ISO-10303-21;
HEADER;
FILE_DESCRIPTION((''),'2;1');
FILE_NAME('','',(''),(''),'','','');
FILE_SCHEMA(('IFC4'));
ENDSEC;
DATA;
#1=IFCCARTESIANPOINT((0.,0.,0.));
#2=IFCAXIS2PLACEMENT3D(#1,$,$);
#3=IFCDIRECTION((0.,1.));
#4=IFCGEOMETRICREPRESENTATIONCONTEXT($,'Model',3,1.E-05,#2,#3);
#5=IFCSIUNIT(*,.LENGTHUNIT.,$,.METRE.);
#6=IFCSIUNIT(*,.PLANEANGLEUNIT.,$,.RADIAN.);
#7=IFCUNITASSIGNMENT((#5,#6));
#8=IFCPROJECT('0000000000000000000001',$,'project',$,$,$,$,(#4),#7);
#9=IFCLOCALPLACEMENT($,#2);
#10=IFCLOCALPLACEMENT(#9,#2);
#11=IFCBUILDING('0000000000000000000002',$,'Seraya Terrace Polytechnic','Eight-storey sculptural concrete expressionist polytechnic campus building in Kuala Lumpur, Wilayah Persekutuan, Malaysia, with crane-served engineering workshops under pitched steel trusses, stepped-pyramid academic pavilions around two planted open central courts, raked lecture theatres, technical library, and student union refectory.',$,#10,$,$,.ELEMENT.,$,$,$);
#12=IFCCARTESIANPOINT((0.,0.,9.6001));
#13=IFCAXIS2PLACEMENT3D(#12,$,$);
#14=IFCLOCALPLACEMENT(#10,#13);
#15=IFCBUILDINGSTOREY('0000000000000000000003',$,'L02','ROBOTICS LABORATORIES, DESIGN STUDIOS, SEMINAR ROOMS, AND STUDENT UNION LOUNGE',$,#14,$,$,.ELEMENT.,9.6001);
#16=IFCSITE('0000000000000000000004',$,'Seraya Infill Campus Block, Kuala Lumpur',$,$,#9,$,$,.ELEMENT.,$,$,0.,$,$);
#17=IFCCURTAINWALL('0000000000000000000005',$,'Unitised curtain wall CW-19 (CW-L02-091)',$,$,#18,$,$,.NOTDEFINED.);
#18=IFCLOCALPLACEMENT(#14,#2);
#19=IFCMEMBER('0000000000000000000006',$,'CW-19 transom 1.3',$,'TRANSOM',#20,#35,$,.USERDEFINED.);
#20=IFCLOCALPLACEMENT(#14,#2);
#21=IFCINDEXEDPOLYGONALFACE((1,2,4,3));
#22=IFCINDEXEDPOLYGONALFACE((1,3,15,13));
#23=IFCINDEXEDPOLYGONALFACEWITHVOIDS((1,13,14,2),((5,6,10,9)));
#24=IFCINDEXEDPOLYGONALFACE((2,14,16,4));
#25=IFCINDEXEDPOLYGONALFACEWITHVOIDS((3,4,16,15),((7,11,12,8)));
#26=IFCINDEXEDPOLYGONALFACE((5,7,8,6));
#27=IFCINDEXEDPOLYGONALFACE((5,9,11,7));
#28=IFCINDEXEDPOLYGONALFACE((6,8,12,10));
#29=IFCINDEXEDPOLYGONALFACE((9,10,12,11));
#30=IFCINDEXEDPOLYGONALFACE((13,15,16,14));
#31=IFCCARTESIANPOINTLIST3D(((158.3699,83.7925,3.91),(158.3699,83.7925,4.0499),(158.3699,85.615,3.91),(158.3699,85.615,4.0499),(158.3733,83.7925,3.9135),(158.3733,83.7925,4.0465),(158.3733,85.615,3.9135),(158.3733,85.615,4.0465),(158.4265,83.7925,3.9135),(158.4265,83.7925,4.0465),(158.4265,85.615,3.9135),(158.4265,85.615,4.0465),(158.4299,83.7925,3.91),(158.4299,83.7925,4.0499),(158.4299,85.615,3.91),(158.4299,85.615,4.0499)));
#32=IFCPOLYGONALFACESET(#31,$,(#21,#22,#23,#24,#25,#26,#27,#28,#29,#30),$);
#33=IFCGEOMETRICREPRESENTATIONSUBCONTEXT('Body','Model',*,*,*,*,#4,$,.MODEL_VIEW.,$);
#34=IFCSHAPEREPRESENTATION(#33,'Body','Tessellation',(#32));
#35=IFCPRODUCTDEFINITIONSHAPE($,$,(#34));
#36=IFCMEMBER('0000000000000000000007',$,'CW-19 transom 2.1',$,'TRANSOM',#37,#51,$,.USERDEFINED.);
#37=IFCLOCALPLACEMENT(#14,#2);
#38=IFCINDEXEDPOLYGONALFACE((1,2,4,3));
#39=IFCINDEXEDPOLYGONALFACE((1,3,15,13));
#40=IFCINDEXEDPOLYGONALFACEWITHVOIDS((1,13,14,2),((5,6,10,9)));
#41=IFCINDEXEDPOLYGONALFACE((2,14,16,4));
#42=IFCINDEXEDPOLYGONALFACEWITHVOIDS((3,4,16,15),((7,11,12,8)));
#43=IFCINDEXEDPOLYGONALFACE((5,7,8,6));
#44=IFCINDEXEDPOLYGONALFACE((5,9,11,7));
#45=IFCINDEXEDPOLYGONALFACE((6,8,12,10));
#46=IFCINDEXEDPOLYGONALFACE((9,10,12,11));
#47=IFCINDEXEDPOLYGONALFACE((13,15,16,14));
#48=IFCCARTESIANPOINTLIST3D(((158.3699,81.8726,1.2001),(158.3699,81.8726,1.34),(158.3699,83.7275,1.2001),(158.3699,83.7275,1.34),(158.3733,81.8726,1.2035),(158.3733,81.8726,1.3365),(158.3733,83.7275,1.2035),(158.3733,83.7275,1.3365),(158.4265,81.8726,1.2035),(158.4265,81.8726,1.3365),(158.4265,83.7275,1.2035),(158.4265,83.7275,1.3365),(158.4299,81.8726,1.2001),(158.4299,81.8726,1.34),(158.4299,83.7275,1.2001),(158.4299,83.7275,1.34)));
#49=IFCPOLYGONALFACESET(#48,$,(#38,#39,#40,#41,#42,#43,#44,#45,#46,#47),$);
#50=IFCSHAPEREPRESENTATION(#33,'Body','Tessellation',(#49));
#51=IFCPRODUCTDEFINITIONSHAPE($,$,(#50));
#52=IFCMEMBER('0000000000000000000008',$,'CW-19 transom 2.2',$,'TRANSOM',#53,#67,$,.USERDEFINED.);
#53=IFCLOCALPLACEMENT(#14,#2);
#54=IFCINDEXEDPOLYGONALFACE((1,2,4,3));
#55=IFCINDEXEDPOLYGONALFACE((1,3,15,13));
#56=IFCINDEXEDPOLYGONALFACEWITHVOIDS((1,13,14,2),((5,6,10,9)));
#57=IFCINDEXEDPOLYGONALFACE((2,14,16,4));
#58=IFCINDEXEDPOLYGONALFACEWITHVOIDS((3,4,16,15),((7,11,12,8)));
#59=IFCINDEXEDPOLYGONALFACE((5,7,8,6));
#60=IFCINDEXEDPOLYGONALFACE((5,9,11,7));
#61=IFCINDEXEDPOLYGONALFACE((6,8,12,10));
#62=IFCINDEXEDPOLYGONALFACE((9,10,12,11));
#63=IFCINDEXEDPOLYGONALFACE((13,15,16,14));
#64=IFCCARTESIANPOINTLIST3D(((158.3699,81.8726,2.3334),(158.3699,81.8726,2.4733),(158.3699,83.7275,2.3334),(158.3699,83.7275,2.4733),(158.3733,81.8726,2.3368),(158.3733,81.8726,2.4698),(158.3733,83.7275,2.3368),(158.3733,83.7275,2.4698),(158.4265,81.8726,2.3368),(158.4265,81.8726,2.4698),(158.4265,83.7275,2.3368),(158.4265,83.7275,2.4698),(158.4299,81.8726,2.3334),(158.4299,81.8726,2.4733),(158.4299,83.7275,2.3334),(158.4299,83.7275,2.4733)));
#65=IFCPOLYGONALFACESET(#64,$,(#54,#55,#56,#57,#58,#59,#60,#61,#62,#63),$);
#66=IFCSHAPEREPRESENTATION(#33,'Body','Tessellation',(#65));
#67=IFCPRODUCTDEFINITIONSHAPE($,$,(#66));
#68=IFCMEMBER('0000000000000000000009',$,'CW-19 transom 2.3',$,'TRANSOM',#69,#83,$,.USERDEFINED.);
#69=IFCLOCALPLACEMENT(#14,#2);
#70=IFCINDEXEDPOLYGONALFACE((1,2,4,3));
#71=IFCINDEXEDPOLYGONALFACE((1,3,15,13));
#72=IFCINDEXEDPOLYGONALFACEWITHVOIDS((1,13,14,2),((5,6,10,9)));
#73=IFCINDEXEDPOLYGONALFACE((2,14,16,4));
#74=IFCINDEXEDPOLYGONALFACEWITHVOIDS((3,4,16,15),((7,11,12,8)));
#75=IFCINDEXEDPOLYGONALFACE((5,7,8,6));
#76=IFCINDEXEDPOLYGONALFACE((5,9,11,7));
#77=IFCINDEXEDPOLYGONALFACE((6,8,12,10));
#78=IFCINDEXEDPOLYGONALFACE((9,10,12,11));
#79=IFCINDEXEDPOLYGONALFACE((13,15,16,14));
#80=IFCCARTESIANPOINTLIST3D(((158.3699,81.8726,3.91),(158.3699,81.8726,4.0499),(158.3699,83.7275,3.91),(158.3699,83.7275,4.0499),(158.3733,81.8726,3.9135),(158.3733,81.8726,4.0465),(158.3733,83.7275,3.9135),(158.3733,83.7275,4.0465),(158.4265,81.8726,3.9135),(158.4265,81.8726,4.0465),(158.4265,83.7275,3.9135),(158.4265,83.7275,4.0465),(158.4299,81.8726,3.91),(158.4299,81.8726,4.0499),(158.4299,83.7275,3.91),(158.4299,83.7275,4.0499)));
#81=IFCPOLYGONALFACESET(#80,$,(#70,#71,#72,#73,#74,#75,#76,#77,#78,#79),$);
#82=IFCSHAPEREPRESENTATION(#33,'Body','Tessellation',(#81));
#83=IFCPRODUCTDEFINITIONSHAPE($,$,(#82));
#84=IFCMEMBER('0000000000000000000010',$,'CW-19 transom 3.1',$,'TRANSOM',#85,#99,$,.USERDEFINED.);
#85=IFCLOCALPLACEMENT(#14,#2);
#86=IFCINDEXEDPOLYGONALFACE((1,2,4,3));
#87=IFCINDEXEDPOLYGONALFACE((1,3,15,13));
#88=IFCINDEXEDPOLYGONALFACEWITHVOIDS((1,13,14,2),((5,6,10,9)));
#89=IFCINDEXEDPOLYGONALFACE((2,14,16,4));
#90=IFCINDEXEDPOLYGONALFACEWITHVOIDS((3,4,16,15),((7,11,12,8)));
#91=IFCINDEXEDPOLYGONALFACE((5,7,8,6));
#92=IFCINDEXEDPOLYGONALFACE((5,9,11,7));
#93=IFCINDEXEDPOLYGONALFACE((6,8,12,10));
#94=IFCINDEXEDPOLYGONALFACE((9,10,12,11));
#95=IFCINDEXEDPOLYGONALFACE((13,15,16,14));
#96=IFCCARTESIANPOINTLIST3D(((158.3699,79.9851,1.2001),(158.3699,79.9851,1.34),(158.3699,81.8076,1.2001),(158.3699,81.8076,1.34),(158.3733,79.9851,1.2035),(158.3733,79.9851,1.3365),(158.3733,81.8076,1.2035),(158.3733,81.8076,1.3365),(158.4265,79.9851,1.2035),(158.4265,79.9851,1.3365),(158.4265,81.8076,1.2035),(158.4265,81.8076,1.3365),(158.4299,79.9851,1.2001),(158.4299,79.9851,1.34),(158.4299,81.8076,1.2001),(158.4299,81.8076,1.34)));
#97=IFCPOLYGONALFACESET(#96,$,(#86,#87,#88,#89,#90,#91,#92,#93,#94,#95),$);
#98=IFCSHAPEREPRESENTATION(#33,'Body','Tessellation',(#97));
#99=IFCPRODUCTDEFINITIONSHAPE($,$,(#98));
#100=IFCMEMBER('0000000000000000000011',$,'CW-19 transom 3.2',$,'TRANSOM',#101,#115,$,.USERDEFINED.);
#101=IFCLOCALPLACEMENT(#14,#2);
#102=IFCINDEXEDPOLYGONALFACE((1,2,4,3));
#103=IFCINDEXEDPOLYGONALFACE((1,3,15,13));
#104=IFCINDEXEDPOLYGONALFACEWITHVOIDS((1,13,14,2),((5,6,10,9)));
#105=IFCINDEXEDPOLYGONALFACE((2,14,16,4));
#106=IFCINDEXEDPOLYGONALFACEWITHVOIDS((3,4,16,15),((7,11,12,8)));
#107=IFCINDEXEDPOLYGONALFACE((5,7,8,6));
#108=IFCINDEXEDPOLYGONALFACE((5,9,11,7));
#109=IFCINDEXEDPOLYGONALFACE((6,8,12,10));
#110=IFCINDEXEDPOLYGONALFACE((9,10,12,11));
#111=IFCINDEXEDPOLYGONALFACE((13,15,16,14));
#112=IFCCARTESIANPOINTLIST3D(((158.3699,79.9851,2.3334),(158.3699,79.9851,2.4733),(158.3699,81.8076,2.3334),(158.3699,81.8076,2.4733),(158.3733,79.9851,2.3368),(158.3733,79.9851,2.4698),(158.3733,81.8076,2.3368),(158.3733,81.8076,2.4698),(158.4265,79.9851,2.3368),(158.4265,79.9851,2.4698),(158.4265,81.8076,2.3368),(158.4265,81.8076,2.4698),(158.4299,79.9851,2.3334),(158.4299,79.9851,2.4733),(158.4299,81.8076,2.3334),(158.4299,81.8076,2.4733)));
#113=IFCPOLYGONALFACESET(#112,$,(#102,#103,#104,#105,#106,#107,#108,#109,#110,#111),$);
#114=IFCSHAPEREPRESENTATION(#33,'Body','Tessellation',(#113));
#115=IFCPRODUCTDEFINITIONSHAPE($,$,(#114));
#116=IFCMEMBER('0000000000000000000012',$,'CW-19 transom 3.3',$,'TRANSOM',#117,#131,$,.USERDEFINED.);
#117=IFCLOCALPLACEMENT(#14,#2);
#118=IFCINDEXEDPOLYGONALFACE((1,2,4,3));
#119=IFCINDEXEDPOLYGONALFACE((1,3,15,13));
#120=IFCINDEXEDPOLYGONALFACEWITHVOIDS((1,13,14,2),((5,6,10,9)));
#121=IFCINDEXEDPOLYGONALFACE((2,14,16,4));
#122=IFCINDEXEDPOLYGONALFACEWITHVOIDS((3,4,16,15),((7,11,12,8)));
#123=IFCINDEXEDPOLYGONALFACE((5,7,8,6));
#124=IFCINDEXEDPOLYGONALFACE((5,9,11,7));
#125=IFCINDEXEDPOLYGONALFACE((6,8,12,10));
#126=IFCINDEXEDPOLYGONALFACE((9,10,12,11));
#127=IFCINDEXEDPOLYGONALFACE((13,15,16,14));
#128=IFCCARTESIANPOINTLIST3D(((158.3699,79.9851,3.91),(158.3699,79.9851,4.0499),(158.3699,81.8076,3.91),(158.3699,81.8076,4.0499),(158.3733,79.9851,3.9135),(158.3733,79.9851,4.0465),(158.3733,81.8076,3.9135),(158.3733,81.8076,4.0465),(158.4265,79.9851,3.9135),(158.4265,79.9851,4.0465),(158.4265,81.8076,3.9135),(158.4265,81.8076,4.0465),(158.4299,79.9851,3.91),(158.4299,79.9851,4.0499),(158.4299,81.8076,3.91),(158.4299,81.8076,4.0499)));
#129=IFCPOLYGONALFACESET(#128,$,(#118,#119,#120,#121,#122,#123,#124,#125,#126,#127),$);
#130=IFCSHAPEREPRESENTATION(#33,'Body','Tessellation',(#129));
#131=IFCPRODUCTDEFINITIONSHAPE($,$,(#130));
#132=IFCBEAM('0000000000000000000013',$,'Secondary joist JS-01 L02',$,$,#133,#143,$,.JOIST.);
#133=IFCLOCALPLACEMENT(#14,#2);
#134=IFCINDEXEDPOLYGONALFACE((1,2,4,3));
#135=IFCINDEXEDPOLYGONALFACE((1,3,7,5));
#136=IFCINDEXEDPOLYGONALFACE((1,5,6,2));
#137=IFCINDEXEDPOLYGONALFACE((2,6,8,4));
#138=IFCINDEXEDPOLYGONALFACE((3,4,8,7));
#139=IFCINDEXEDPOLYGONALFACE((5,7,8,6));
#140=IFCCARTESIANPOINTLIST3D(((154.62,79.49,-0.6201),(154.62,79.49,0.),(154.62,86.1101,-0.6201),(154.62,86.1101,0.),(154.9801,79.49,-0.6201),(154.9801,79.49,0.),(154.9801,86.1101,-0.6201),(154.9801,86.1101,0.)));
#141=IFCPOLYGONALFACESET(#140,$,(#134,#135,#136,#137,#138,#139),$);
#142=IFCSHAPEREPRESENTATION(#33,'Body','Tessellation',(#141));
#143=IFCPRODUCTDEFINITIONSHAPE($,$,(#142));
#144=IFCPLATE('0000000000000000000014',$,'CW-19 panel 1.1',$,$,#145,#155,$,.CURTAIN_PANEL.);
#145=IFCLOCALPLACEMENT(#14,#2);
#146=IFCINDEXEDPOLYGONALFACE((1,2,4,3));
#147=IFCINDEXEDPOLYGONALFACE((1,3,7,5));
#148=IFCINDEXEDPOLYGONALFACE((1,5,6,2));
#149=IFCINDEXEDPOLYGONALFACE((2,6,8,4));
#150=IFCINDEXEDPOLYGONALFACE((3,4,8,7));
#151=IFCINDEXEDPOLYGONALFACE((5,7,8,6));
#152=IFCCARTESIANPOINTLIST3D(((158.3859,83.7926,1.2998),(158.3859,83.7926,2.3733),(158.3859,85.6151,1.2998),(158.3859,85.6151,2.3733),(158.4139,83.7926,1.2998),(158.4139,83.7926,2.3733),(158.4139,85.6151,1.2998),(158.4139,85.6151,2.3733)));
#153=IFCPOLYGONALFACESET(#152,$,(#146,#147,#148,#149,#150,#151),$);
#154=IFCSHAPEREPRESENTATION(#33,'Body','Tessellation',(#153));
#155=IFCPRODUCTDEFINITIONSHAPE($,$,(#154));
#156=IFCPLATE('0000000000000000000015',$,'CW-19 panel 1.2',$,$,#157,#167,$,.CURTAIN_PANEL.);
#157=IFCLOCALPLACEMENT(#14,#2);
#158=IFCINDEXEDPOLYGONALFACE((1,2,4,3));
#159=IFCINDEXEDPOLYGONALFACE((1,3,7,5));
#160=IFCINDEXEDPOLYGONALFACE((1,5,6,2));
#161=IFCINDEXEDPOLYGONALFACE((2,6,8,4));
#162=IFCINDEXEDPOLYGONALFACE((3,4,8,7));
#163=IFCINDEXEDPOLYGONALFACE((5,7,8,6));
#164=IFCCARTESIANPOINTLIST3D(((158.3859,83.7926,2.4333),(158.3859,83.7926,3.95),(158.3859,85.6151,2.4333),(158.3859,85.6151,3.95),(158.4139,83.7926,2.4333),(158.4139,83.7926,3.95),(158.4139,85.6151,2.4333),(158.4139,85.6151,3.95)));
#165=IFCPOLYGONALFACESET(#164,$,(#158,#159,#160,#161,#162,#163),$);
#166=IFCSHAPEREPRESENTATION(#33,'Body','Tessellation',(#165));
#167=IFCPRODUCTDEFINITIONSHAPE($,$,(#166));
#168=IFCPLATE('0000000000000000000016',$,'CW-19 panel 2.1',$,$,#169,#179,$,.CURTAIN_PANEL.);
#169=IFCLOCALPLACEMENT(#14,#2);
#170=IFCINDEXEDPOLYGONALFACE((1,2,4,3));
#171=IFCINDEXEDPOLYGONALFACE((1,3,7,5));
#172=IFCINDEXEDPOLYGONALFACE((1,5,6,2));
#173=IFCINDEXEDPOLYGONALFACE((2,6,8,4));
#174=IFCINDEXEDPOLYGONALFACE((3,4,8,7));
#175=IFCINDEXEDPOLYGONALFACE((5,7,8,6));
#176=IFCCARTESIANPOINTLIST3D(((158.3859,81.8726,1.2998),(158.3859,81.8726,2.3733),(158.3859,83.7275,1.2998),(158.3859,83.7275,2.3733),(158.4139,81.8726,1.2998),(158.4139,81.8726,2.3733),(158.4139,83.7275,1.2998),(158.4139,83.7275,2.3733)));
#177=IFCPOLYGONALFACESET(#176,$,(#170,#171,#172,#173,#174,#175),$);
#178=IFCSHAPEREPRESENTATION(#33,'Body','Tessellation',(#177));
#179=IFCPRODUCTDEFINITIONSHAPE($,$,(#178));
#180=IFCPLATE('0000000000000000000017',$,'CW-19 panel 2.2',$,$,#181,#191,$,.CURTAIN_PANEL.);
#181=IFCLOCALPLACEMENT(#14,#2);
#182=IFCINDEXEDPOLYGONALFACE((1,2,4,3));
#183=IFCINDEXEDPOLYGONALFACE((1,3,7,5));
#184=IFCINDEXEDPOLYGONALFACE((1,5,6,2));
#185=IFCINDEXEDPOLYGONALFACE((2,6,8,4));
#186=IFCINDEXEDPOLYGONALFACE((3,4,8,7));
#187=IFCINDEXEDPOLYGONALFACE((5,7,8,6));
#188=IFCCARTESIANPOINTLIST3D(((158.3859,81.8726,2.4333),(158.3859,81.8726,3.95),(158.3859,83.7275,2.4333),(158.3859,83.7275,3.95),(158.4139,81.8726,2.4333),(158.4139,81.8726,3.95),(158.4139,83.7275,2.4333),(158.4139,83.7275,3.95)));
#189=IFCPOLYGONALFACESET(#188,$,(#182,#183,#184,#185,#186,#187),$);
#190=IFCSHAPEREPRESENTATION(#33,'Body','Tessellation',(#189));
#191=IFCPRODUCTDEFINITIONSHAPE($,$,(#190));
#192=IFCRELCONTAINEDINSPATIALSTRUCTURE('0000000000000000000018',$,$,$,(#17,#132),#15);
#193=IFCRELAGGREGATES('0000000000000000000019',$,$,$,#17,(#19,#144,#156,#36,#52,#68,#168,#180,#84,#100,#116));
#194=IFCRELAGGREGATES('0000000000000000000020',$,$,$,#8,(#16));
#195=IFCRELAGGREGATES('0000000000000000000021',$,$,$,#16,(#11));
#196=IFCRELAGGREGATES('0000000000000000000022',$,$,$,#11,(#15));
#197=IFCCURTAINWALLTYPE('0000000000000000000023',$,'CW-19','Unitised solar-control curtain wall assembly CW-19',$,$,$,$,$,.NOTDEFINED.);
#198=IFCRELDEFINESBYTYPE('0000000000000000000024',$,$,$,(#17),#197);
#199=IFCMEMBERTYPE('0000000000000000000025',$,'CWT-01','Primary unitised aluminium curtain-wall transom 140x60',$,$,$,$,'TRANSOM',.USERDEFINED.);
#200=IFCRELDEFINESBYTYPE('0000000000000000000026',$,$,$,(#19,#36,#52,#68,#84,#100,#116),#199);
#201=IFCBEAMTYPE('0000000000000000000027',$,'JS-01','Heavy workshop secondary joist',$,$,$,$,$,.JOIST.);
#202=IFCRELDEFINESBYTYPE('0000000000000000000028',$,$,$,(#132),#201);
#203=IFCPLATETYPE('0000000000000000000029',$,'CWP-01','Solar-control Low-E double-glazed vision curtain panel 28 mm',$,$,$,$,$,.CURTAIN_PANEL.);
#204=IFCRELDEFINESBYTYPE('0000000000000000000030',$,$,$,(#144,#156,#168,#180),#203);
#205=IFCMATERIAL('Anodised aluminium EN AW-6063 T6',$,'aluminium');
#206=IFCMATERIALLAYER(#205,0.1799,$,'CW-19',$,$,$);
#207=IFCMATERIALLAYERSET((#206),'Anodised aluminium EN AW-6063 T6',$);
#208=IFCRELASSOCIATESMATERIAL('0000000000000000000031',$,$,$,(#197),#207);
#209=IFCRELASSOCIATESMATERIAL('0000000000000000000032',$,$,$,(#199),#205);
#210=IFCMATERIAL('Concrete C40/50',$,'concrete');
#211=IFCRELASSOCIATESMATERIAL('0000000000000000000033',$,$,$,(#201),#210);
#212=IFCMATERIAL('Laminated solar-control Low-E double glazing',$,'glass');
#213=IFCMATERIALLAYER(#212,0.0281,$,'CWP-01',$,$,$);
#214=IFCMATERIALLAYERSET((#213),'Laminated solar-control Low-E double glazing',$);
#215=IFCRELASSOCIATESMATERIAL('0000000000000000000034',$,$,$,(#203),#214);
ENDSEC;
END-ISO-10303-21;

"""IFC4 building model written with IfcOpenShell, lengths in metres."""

from ifc_helpers import new_model, si_unit, direction, frame, origin, origin_2d, place, context, subcontext, project, spatial, rectangle, hollow_rectangle, extrude, material, layer, layer_set, material_profile, profile_set, type_object, element, aggregate, save


model = new_model("IFC4")

# Units and contexts
model_context = context("Model", 3, precision=1e-05, world=origin(), true_north=direction((0.0, 1.0)))
body_context = subcontext(model_context, "Body", "Model", "MODEL_VIEW")
ifc_project = project(units=[si_unit("LENGTHUNIT", "METRE"), si_unit("PLANEANGLEUNIT", "RADIAN")], contexts=[model_context])

# Site, building, storey
site_placement = place(None, origin())
site = spatial("IfcSite", under=ifc_project, at=site_placement, Name="Seraya Infill Campus Block, Kuala Lumpur", CompositionType="ELEMENT", RefElevation=0.0)
building_placement = place(site_placement, origin())
building = spatial("IfcBuilding", under=site, at=building_placement, Name="Seraya Terrace Polytechnic", Description="Eight-storey sculptural concrete expressionist polytechnic campus building in Kuala Lumpur, Wilayah Persekutuan, Malaysia, with crane-served engineering workshops under pitched steel trusses, stepped-pyramid academic pavilions around two planted open central courts, raked lecture theatres, technical library, and student union refectory.", CompositionType="ELEMENT")
storey_placement = place(building_placement, frame((0.0, 0.0, 9.6001)))
storey = spatial("IfcBuildingStorey", under=building, at=storey_placement, Name="L02", Description="ROBOTICS LABORATORIES, DESIGN STUDIOS, SEMINAR ROOMS, AND STUDENT UNION LOUNGE", CompositionType="ELEMENT", Elevation=9.6001)

# Shared definitions
ifc_material_1 = material(Name="Concrete C40/50", Category="concrete")

# Curtain wall, members
ifc_material_2 = material(Name="Anodised aluminium EN AW-6063 T6", Category="aluminium")
ifc_layer_1 = layer(ifc_material_2, 0.1799, Name="CW-19")
ifc_layer_set_1 = layer_set([ifc_layer_1], Name="Anodised aluminium EN AW-6063 T6")
curtain_wall_type = type_object("IfcCurtainWallType", Name="CW-19", Description="Unitised solar-control curtain wall assembly CW-19", PredefinedType="NOTDEFINED", material=ifc_layer_set_1)
curtain_wall_placement = place(storey_placement, origin())
curtain_wall = element("IfcCurtainWall", 1, at=curtain_wall_placement, inside=storey, type_object=curtain_wall_type, Name="Unitised curtain wall CW-19 (CW-L02-091)", PredefinedType="NOTDEFINED")
ifc_material_profile_1 = material_profile(ifc_material_2, hollow_rectangle(XDim=0.0601, YDim=0.1399, WallThickness=0.0034, at=origin_2d()), Name="RHS 140x60x3.5")
ifc_profile_set_1 = profile_set([ifc_material_profile_1], Name="Anodised aluminium EN AW-6063 T6")
member_type_1 = type_object("IfcMemberType", Name="CWT-01", Description="Primary unitised aluminium curtain-wall transom 140x60", ElementType="TRANSOM", PredefinedType="USERDEFINED", material=ifc_profile_set_1)
member_1_placement = place(storey_placement, frame((158.3999, 85.615, 3.98), z_axis=(0.0, -1.0, 0.0), x_axis=(1.0, 0.0, 0.0)))
member_1 = element("IfcMember", 2, at=member_1_placement, type_object=member_type_1, Name="CW-19 transom 1.3", ObjectType="TRANSOM", PredefinedType="USERDEFINED", context=body_context, shape_type="SweptSolid", body=[
    extrude(hollow_rectangle(XDim=0.0601, YDim=0.1399, WallThickness=0.0034, at=origin_2d()), origin(), (0.0, 0.0, 1.0), 1.8225),
])
member_2_placement = place(storey_placement, frame((158.3999, 83.7275, 1.27), z_axis=(0.0, -1.0, 0.0), x_axis=(1.0, 0.0, 0.0)))
member_2 = element("IfcMember", 3, at=member_2_placement, type_object=member_type_1, Name="CW-19 transom 2.1", ObjectType="TRANSOM", PredefinedType="USERDEFINED", context=body_context, shape_type="SweptSolid", body=[
    extrude(hollow_rectangle(XDim=0.0601, YDim=0.1399, WallThickness=0.0034, at=origin_2d()), origin(), (0.0, 0.0, 1.0), 1.855),
])
member_3_placement = place(storey_placement, frame((158.3999, 83.7275, 2.4033), z_axis=(0.0, -1.0, 0.0), x_axis=(1.0, 0.0, 0.0)))
member_3 = element("IfcMember", 4, at=member_3_placement, type_object=member_type_1, Name="CW-19 transom 2.2", ObjectType="TRANSOM", PredefinedType="USERDEFINED", context=body_context, shape_type="SweptSolid", body=[
    extrude(hollow_rectangle(XDim=0.0601, YDim=0.1399, WallThickness=0.0034, at=origin_2d()), origin(), (0.0, 0.0, 1.0), 1.855),
])
member_4_placement = place(storey_placement, frame((158.3999, 83.7275, 3.98), z_axis=(0.0, -1.0, 0.0), x_axis=(1.0, 0.0, 0.0)))
member_4 = element("IfcMember", 5, at=member_4_placement, type_object=member_type_1, Name="CW-19 transom 2.3", ObjectType="TRANSOM", PredefinedType="USERDEFINED", context=body_context, shape_type="SweptSolid", body=[
    extrude(hollow_rectangle(XDim=0.0601, YDim=0.1399, WallThickness=0.0034, at=origin_2d()), origin(), (0.0, 0.0, 1.0), 1.855),
])
member_5_placement = place(storey_placement, frame((158.3999, 81.8076, 1.27), z_axis=(0.0, -1.0, 0.0), x_axis=(1.0, 0.0, 0.0)))
member_5 = element("IfcMember", 6, at=member_5_placement, type_object=member_type_1, Name="CW-19 transom 3.1", ObjectType="TRANSOM", PredefinedType="USERDEFINED", context=body_context, shape_type="SweptSolid", body=[
    extrude(hollow_rectangle(XDim=0.0601, YDim=0.1399, WallThickness=0.0034, at=origin_2d()), origin(), (0.0, 0.0, 1.0), 1.8225),
])
member_6_placement = place(storey_placement, frame((158.3999, 81.8076, 2.4033), z_axis=(0.0, -1.0, 0.0), x_axis=(1.0, 0.0, 0.0)))
member_6 = element("IfcMember", 7, at=member_6_placement, type_object=member_type_1, Name="CW-19 transom 3.2", ObjectType="TRANSOM", PredefinedType="USERDEFINED", context=body_context, shape_type="SweptSolid", body=[
    extrude(hollow_rectangle(XDim=0.0601, YDim=0.1399, WallThickness=0.0034, at=origin_2d()), origin(), (0.0, 0.0, 1.0), 1.8225),
])
member_7_placement = place(storey_placement, frame((158.3999, 81.8076, 3.98), z_axis=(0.0, -1.0, 0.0), x_axis=(1.0, 0.0, 0.0)))
member_7 = element("IfcMember", 8, at=member_7_placement, type_object=member_type_1, Name="CW-19 transom 3.3", ObjectType="TRANSOM", PredefinedType="USERDEFINED", context=body_context, shape_type="SweptSolid", body=[
    extrude(hollow_rectangle(XDim=0.0601, YDim=0.1399, WallThickness=0.0034, at=origin_2d()), origin(), (0.0, 0.0, 1.0), 1.8225),
])

# Beam
ifc_material_profile_2 = material_profile(ifc_material_1, rectangle(XDim=0.3601, YDim=0.6201, at=origin_2d()), Name="RC 360x620")
ifc_profile_set_2 = profile_set([ifc_material_profile_2], Name="Concrete C40/50")
beam_type_1 = type_object("IfcBeamType", Name="JS-01", Description="Heavy workshop secondary joist", PredefinedType="JOIST", material=ifc_profile_set_2)
beam_1_placement = place(storey_placement, frame((154.8, 79.49, -0.3101), z_axis=(0.0, 1.0, 0.0), x_axis=(-1.0, 0.0, 0.0)))
element("IfcBeam", 9, at=beam_1_placement, inside=storey, type_object=beam_type_1, Name="Secondary joist JS-01 L02", PredefinedType="JOIST", context=body_context, shape_type="SweptSolid", body=[
    extrude(rectangle(XDim=0.3601, YDim=0.6201, at=origin_2d()), origin(), (0.0, 0.0, 1.0), 6.6201),
])

# Plates
ifc_material_3 = material(Name="Laminated solar-control Low-E double glazing", Category="glass")
ifc_layer_2 = layer(ifc_material_3, 0.0281, Name="CWP-01")
ifc_layer_set_2 = layer_set([ifc_layer_2], Name="Laminated solar-control Low-E double glazing")
plate_type = type_object("IfcPlateType", Name="CWP-01", Description="Solar-control Low-E double-glazed vision curtain panel 28 mm", PredefinedType="CURTAIN_PANEL", material=ifc_layer_set_2)
plate_1_placement = place(storey_placement, frame((158.3999, 84.7039, 1.2998), z_axis=(0.0, 0.0, 1.0), x_axis=(0.0, -1.0, 0.0)))
plate_1 = element("IfcPlate", 10, at=plate_1_placement, type_object=plate_type, Name="CW-19 panel 1.1", PredefinedType="CURTAIN_PANEL", context=body_context, shape_type="SweptSolid", body=[
    extrude(rectangle(XDim=1.8225, YDim=0.0281, at=origin_2d()), origin(), (0.0, 0.0, 1.0), 1.0735),
])
plate_2_placement = place(storey_placement, frame((158.3999, 84.7039, 2.4333), z_axis=(0.0, 0.0, 1.0), x_axis=(0.0, -1.0, 0.0)))
plate_2 = element("IfcPlate", 11, at=plate_2_placement, type_object=plate_type, Name="CW-19 panel 1.2", PredefinedType="CURTAIN_PANEL", context=body_context, shape_type="SweptSolid", body=[
    extrude(rectangle(XDim=1.8225, YDim=0.0281, at=origin_2d()), origin(), (0.0, 0.0, 1.0), 1.5166),
])
plate_3_placement = place(storey_placement, frame((158.3999, 82.8, 1.2998), z_axis=(0.0, 0.0, 1.0), x_axis=(0.0, -1.0, 0.0)))
plate_3 = element("IfcPlate", 12, at=plate_3_placement, type_object=plate_type, Name="CW-19 panel 2.1", PredefinedType="CURTAIN_PANEL", context=body_context, shape_type="SweptSolid", body=[
    extrude(rectangle(XDim=1.855, YDim=0.0281, at=origin_2d()), origin(), (0.0, 0.0, 1.0), 1.0735),
])
plate_4_placement = place(storey_placement, frame((158.3999, 82.8, 2.4333), z_axis=(0.0, 0.0, 1.0), x_axis=(0.0, -1.0, 0.0)))
plate_4 = element("IfcPlate", 13, at=plate_4_placement, type_object=plate_type, Name="CW-19 panel 2.2", PredefinedType="CURTAIN_PANEL", context=body_context, shape_type="SweptSolid", body=[
    extrude(rectangle(XDim=1.855, YDim=0.0281, at=origin_2d()), origin(), (0.0, 0.0, 1.0), 1.5166),
])
aggregate(curtain_wall, [member_1, plate_1, plate_2, member_2, member_3, member_4, plate_3, plate_4, member_5, member_6, member_7])

save(model, "model.ifc")
